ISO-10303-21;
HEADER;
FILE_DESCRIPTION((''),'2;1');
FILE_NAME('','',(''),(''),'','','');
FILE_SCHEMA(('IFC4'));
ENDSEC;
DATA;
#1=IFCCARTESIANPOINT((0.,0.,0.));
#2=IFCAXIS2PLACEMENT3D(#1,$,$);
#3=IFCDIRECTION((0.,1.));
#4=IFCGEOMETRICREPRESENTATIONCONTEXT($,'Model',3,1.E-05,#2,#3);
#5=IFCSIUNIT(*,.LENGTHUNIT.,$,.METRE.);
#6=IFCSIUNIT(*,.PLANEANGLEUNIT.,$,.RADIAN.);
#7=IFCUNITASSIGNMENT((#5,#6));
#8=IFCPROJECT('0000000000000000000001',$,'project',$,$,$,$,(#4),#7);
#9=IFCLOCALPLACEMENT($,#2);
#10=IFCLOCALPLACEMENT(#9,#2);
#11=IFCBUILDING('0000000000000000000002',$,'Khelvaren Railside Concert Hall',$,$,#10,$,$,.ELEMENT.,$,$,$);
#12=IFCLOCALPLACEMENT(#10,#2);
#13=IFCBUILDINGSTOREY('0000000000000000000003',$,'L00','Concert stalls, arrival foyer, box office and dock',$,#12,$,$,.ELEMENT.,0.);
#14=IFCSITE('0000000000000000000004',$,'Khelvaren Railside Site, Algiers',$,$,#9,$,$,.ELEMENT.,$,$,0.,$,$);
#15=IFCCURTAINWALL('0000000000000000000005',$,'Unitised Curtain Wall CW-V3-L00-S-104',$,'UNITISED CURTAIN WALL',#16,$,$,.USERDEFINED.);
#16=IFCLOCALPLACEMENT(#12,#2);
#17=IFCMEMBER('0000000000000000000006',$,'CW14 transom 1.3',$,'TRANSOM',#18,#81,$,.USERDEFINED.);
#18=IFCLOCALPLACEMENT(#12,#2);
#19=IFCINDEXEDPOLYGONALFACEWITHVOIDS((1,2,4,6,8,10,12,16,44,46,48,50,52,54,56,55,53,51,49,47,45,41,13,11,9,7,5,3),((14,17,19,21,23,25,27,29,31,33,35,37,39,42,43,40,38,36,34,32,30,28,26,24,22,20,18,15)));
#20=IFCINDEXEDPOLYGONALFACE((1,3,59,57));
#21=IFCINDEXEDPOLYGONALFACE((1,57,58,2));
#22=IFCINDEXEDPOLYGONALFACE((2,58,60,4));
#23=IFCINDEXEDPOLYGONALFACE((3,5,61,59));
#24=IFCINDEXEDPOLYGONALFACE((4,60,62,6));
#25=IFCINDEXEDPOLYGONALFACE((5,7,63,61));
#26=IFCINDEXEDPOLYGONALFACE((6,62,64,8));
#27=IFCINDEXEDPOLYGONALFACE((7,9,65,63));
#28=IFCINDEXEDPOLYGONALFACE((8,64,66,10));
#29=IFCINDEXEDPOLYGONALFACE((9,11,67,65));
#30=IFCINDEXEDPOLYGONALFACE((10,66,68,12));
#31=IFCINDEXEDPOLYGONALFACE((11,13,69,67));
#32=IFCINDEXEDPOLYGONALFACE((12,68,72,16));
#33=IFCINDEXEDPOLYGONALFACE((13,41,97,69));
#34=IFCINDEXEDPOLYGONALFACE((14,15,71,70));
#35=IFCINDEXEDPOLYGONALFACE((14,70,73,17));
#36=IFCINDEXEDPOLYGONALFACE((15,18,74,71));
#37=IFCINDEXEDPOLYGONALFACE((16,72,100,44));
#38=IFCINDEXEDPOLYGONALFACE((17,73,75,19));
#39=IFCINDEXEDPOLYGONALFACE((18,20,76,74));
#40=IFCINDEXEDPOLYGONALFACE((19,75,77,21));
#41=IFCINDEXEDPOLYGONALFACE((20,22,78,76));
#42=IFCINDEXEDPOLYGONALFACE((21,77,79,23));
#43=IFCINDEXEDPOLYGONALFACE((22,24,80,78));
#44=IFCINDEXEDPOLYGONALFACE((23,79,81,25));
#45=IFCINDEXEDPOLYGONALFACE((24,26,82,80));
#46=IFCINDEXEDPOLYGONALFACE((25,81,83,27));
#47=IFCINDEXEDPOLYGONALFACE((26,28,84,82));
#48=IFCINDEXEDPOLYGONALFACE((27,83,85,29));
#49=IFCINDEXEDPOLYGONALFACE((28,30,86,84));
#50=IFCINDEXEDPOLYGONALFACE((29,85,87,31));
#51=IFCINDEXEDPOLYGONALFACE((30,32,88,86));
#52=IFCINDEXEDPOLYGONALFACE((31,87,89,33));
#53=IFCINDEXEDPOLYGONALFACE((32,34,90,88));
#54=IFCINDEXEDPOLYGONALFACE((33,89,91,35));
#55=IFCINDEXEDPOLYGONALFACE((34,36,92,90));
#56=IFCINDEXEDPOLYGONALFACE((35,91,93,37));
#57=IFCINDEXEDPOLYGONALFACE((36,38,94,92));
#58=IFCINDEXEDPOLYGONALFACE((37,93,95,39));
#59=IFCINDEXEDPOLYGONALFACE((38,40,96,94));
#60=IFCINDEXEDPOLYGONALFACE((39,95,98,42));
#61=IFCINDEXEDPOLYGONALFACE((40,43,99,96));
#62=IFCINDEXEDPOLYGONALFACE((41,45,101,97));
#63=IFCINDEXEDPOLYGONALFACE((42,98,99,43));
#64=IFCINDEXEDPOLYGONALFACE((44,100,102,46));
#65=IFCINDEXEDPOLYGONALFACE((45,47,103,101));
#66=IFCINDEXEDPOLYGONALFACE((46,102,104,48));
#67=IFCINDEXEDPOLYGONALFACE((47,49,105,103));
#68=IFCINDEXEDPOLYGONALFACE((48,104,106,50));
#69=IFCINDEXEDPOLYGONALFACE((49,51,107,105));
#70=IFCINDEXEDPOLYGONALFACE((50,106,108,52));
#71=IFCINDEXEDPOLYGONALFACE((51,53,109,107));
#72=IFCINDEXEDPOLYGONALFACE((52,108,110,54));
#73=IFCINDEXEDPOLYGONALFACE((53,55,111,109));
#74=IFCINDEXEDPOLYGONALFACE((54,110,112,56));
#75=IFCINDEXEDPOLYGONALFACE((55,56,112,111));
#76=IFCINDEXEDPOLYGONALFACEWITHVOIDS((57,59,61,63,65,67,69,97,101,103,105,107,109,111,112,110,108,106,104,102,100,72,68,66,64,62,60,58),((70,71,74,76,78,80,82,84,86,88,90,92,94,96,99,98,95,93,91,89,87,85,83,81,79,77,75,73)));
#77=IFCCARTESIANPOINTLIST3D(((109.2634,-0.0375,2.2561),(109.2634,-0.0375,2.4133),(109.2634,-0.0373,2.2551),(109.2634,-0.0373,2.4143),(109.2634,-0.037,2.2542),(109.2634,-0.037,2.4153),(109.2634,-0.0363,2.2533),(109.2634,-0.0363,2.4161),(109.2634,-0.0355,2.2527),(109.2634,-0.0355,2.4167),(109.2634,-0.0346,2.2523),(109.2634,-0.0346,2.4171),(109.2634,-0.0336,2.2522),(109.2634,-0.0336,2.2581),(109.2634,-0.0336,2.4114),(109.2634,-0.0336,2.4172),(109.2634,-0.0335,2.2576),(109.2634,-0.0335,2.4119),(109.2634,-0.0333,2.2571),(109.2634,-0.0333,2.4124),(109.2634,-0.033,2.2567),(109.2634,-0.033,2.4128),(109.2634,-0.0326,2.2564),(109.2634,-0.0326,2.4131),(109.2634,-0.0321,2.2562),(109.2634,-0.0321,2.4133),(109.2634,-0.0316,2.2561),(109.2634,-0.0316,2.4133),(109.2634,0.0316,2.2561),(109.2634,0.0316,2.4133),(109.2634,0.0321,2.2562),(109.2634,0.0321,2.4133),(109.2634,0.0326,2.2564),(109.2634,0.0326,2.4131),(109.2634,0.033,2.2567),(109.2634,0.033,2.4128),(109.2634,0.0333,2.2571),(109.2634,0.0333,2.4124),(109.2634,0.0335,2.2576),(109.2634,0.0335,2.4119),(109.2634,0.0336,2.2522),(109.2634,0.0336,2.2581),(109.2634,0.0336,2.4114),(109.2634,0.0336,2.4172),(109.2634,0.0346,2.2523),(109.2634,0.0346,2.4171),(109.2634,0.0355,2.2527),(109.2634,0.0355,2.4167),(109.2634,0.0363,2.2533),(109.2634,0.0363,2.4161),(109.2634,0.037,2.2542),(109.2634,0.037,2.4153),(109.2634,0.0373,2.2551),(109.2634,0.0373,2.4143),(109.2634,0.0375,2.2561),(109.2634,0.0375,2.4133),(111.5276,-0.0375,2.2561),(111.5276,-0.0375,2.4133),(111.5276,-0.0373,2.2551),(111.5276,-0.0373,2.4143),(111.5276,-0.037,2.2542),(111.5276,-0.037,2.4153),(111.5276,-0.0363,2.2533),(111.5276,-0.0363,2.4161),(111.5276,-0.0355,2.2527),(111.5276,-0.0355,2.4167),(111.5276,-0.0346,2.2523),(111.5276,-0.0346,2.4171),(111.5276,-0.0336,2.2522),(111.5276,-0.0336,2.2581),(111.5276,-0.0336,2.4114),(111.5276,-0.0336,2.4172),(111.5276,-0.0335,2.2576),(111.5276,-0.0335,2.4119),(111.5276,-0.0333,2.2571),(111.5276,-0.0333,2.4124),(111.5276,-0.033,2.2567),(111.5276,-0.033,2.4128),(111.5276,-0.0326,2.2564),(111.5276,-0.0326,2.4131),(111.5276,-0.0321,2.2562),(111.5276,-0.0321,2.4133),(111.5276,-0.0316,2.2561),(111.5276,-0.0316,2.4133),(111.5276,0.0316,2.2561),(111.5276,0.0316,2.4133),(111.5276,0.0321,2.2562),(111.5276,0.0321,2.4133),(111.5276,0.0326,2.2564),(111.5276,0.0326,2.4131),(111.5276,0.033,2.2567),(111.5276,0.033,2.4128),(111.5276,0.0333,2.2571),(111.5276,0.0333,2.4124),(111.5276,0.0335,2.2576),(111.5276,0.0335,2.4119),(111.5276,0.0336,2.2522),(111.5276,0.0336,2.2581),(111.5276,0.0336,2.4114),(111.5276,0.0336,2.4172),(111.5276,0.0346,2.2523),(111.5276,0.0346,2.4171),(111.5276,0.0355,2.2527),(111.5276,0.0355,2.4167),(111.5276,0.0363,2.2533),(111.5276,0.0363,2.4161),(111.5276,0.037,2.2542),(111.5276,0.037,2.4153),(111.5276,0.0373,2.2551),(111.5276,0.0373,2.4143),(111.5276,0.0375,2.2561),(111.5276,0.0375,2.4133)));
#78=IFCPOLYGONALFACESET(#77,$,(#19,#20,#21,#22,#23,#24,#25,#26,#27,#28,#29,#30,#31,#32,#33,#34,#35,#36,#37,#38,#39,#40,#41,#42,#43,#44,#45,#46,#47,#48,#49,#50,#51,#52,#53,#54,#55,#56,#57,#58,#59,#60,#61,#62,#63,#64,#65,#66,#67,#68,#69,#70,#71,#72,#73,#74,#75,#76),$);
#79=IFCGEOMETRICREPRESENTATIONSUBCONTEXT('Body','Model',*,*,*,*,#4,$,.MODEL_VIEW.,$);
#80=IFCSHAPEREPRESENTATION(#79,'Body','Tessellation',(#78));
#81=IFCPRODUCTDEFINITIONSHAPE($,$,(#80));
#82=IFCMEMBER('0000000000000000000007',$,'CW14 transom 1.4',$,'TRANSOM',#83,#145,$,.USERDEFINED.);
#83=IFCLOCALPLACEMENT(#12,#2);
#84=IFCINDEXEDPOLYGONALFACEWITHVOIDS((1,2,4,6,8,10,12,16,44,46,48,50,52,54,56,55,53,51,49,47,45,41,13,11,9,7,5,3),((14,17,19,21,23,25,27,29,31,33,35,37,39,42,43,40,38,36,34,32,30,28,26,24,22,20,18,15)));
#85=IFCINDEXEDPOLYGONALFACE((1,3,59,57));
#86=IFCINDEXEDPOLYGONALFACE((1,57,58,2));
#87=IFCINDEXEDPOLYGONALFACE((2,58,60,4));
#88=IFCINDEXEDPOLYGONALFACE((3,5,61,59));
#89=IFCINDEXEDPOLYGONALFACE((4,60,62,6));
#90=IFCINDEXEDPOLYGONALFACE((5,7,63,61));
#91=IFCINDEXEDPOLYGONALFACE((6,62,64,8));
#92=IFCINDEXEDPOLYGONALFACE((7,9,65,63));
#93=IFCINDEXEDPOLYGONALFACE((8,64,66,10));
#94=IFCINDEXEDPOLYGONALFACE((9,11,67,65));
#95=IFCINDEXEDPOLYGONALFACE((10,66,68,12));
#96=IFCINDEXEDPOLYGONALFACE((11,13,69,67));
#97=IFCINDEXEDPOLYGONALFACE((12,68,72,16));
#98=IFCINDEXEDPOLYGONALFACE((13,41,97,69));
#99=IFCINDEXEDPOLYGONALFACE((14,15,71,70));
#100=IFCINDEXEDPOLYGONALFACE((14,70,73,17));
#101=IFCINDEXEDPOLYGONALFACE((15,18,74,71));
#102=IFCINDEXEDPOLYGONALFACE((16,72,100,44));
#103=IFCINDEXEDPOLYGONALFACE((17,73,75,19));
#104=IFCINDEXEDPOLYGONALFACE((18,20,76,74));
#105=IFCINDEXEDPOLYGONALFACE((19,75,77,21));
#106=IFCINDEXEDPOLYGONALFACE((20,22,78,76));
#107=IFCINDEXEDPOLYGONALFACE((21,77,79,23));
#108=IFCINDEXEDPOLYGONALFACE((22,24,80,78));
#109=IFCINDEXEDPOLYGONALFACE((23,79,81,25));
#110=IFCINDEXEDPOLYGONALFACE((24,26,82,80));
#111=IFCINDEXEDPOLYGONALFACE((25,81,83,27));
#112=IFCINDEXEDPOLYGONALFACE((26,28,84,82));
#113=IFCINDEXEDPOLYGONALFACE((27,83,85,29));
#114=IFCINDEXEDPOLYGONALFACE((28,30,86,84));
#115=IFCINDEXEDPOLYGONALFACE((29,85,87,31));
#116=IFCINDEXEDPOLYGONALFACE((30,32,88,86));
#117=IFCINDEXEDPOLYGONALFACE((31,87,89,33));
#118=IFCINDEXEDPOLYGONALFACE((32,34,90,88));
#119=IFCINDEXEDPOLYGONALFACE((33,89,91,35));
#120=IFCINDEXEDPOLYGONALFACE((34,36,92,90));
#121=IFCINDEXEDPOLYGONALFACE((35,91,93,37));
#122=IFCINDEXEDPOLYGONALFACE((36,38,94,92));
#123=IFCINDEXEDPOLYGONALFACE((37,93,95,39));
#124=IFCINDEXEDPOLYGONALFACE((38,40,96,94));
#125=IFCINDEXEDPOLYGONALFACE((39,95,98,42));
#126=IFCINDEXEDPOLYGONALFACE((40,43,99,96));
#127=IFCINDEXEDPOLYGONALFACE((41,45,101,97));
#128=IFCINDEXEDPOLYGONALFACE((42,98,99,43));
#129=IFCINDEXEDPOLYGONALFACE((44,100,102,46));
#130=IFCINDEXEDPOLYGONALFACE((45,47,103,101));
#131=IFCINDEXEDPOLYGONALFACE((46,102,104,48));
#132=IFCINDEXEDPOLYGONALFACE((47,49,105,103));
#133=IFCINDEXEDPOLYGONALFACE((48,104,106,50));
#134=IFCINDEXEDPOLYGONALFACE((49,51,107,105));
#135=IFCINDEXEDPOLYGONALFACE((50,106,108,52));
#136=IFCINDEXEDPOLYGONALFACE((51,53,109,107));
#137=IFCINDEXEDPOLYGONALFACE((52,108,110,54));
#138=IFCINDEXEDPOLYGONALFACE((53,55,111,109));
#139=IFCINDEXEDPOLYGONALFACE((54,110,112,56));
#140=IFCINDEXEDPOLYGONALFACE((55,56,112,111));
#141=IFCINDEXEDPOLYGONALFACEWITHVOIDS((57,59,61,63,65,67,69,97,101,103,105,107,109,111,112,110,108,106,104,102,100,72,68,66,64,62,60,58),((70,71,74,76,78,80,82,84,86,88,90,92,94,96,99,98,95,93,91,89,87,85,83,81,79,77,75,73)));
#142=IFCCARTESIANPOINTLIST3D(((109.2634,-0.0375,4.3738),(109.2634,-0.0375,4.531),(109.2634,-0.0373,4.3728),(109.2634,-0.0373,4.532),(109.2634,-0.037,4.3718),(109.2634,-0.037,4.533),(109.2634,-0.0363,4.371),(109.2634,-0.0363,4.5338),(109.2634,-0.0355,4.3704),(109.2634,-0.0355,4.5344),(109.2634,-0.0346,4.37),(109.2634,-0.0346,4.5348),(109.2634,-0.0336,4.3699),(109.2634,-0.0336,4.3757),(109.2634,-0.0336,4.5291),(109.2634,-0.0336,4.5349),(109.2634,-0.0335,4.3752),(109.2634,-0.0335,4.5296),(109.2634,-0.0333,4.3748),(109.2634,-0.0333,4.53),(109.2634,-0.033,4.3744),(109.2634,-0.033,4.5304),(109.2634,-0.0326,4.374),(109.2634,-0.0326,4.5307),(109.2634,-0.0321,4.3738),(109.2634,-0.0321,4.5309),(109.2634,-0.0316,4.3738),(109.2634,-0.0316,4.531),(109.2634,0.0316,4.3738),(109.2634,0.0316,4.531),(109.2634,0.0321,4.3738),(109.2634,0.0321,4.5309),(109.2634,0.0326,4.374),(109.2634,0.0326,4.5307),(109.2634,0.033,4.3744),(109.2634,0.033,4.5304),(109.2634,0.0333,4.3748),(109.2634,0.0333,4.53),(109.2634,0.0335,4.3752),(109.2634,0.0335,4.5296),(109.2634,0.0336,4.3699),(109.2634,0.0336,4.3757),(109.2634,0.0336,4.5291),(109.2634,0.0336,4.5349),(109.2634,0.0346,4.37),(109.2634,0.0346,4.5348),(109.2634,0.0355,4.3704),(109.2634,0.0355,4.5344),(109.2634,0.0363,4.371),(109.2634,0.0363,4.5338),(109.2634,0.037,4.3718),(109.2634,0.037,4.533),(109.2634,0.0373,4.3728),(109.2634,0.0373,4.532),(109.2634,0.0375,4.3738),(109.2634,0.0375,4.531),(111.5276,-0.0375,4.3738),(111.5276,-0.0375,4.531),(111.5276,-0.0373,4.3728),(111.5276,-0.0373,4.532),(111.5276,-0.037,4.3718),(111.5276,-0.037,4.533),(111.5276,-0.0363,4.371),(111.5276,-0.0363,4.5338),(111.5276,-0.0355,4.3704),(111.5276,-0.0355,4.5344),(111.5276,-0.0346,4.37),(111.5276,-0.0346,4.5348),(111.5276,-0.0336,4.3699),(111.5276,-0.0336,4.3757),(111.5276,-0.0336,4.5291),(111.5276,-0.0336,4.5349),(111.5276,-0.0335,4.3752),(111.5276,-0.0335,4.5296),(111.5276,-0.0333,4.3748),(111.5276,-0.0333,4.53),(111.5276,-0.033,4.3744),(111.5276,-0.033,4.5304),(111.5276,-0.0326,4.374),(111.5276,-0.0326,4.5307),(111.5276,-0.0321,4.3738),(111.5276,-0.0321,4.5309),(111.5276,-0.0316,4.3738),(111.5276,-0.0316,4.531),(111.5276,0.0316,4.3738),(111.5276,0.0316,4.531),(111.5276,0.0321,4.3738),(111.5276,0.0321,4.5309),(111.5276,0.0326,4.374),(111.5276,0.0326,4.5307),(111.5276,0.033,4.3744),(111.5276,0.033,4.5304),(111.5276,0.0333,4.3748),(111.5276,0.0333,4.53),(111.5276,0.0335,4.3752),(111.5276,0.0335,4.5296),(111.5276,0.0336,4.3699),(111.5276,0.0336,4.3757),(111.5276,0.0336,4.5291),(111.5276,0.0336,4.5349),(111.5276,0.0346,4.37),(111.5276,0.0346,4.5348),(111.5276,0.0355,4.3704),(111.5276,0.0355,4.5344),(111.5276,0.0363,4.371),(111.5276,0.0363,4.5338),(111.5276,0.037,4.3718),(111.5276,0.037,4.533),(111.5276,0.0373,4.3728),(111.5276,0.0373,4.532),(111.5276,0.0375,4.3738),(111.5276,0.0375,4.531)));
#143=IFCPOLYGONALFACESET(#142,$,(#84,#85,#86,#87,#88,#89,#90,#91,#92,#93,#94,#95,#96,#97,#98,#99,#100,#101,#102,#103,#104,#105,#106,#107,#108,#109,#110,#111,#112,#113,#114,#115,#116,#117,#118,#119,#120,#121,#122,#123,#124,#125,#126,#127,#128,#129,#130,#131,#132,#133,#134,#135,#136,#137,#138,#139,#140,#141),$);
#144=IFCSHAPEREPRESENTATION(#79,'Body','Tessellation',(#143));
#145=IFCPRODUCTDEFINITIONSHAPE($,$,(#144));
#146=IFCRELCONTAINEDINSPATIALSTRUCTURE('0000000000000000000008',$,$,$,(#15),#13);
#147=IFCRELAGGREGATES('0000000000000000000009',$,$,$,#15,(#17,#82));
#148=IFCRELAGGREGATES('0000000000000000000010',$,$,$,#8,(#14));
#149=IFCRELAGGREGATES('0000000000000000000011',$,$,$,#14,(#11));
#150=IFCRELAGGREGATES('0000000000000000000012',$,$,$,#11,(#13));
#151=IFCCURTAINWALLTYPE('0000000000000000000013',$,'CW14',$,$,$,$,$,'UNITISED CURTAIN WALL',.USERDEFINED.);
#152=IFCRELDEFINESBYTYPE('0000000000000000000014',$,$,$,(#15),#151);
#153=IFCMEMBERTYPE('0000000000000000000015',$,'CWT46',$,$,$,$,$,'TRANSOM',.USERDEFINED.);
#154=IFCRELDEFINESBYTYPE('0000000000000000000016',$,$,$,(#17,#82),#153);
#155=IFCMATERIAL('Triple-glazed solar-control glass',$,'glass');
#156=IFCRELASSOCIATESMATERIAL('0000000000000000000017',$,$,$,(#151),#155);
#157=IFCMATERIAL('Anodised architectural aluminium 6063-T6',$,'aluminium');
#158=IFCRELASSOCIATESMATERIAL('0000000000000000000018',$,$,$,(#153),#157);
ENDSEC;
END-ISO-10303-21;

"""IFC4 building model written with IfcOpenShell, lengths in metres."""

from ifc_helpers import new_model, si_unit, direction, frame, origin, origin_2d, place, context, subcontext, project, spatial, hollow_rectangle, extrude, material, material_profile, profile_set, type_object, element, aggregate, save


model = new_model("IFC4")

# Units and contexts
model_context = context("Model", 3, precision=1e-05, world=origin(), true_north=direction((0.0, 1.0)))
body_context = subcontext(model_context, "Body", "Model", "MODEL_VIEW")
ifc_project = project(units=[si_unit("LENGTHUNIT", "METRE"), si_unit("PLANEANGLEUNIT", "RADIAN")], contexts=[model_context])

# Site, building, storey
site_placement = place(None, origin())
site = spatial("IfcSite", under=ifc_project, at=site_placement, Name="Khelvaren Railside Site, Algiers", CompositionType="ELEMENT", RefElevation=0.0)
building_placement = place(site_placement, origin())
building = spatial("IfcBuilding", under=site, at=building_placement, Name="Khelvaren Railside Concert Hall", CompositionType="ELEMENT")
storey_placement = place(building_placement, origin())
storey = spatial("IfcBuildingStorey", under=building, at=storey_placement, Name="L00", Description="Concert stalls, arrival foyer, box office and dock", CompositionType="ELEMENT", Elevation=0.0)

# Curtain wall
ifc_material_1 = material(Name="Triple-glazed solar-control glass", Category="glass")
curtain_wall_type_1 = type_object("IfcCurtainWallType", Name="CW14", ElementType="UNITISED CURTAIN WALL", PredefinedType="USERDEFINED", material=ifc_material_1)
curtain_wall_1_placement = place(storey_placement, origin())
curtain_wall_1 = element("IfcCurtainWall", 1, at=curtain_wall_1_placement, inside=storey, type_object=curtain_wall_type_1, Name="Unitised Curtain Wall CW-V3-L00-S-104", ObjectType="UNITISED CURTAIN WALL", PredefinedType="USERDEFINED")
ifc_material_2 = material(Name="Anodised architectural aluminium 6063-T6", Category="aluminium")

# Members
ifc_material_profile_1 = material_profile(ifc_material_2, hollow_rectangle(XDim=0.075, YDim=0.165, WallThickness=0.0039, InnerFilletRadius=0.002, OuterFilletRadius=0.0039, at=origin_2d()), Name="CWT 75x165x4")
ifc_profile_set_1 = profile_set([ifc_material_profile_1], Name="Anodised architectural aluminium 6063-T6")
member_type_1 = type_object("IfcMemberType", Name="CWT46", ElementType="TRANSOM", PredefinedType="USERDEFINED", material=ifc_profile_set_1)
member_1_placement = place(storey_placement, frame((111.5276, 0.0, 2.3347), z_axis=(-1.0, 0.0, 0.0), x_axis=(0.0, -1.0, 0.0)))
member_1 = element("IfcMember", 2, at=member_1_placement, type_object=member_type_1, Name="CW14 transom 1.3", ObjectType="TRANSOM", PredefinedType="USERDEFINED", context=body_context, shape_type="SweptSolid", body=[
    extrude(hollow_rectangle(XDim=0.075, YDim=0.165, WallThickness=0.0039, InnerFilletRadius=0.002, OuterFilletRadius=0.0039, at=origin_2d()), origin(), (0.0, 0.0, 1.0), 2.2642),
])
member_2_placement = place(storey_placement, frame((111.5276, 0.0, 4.4524), z_axis=(-1.0, 0.0, 0.0), x_axis=(0.0, -1.0, 0.0)))
member_2 = element("IfcMember", 3, at=member_2_placement, type_object=member_type_1, Name="CW14 transom 1.4", ObjectType="TRANSOM", PredefinedType="USERDEFINED", context=body_context, shape_type="SweptSolid", body=[
    extrude(hollow_rectangle(XDim=0.075, YDim=0.165, WallThickness=0.0039, InnerFilletRadius=0.002, OuterFilletRadius=0.0039, at=origin_2d()), origin(), (0.0, 0.0, 1.0), 2.2642),
])

aggregate(curtain_wall_1, [member_1, member_2])

save(model, "model.ifc")
